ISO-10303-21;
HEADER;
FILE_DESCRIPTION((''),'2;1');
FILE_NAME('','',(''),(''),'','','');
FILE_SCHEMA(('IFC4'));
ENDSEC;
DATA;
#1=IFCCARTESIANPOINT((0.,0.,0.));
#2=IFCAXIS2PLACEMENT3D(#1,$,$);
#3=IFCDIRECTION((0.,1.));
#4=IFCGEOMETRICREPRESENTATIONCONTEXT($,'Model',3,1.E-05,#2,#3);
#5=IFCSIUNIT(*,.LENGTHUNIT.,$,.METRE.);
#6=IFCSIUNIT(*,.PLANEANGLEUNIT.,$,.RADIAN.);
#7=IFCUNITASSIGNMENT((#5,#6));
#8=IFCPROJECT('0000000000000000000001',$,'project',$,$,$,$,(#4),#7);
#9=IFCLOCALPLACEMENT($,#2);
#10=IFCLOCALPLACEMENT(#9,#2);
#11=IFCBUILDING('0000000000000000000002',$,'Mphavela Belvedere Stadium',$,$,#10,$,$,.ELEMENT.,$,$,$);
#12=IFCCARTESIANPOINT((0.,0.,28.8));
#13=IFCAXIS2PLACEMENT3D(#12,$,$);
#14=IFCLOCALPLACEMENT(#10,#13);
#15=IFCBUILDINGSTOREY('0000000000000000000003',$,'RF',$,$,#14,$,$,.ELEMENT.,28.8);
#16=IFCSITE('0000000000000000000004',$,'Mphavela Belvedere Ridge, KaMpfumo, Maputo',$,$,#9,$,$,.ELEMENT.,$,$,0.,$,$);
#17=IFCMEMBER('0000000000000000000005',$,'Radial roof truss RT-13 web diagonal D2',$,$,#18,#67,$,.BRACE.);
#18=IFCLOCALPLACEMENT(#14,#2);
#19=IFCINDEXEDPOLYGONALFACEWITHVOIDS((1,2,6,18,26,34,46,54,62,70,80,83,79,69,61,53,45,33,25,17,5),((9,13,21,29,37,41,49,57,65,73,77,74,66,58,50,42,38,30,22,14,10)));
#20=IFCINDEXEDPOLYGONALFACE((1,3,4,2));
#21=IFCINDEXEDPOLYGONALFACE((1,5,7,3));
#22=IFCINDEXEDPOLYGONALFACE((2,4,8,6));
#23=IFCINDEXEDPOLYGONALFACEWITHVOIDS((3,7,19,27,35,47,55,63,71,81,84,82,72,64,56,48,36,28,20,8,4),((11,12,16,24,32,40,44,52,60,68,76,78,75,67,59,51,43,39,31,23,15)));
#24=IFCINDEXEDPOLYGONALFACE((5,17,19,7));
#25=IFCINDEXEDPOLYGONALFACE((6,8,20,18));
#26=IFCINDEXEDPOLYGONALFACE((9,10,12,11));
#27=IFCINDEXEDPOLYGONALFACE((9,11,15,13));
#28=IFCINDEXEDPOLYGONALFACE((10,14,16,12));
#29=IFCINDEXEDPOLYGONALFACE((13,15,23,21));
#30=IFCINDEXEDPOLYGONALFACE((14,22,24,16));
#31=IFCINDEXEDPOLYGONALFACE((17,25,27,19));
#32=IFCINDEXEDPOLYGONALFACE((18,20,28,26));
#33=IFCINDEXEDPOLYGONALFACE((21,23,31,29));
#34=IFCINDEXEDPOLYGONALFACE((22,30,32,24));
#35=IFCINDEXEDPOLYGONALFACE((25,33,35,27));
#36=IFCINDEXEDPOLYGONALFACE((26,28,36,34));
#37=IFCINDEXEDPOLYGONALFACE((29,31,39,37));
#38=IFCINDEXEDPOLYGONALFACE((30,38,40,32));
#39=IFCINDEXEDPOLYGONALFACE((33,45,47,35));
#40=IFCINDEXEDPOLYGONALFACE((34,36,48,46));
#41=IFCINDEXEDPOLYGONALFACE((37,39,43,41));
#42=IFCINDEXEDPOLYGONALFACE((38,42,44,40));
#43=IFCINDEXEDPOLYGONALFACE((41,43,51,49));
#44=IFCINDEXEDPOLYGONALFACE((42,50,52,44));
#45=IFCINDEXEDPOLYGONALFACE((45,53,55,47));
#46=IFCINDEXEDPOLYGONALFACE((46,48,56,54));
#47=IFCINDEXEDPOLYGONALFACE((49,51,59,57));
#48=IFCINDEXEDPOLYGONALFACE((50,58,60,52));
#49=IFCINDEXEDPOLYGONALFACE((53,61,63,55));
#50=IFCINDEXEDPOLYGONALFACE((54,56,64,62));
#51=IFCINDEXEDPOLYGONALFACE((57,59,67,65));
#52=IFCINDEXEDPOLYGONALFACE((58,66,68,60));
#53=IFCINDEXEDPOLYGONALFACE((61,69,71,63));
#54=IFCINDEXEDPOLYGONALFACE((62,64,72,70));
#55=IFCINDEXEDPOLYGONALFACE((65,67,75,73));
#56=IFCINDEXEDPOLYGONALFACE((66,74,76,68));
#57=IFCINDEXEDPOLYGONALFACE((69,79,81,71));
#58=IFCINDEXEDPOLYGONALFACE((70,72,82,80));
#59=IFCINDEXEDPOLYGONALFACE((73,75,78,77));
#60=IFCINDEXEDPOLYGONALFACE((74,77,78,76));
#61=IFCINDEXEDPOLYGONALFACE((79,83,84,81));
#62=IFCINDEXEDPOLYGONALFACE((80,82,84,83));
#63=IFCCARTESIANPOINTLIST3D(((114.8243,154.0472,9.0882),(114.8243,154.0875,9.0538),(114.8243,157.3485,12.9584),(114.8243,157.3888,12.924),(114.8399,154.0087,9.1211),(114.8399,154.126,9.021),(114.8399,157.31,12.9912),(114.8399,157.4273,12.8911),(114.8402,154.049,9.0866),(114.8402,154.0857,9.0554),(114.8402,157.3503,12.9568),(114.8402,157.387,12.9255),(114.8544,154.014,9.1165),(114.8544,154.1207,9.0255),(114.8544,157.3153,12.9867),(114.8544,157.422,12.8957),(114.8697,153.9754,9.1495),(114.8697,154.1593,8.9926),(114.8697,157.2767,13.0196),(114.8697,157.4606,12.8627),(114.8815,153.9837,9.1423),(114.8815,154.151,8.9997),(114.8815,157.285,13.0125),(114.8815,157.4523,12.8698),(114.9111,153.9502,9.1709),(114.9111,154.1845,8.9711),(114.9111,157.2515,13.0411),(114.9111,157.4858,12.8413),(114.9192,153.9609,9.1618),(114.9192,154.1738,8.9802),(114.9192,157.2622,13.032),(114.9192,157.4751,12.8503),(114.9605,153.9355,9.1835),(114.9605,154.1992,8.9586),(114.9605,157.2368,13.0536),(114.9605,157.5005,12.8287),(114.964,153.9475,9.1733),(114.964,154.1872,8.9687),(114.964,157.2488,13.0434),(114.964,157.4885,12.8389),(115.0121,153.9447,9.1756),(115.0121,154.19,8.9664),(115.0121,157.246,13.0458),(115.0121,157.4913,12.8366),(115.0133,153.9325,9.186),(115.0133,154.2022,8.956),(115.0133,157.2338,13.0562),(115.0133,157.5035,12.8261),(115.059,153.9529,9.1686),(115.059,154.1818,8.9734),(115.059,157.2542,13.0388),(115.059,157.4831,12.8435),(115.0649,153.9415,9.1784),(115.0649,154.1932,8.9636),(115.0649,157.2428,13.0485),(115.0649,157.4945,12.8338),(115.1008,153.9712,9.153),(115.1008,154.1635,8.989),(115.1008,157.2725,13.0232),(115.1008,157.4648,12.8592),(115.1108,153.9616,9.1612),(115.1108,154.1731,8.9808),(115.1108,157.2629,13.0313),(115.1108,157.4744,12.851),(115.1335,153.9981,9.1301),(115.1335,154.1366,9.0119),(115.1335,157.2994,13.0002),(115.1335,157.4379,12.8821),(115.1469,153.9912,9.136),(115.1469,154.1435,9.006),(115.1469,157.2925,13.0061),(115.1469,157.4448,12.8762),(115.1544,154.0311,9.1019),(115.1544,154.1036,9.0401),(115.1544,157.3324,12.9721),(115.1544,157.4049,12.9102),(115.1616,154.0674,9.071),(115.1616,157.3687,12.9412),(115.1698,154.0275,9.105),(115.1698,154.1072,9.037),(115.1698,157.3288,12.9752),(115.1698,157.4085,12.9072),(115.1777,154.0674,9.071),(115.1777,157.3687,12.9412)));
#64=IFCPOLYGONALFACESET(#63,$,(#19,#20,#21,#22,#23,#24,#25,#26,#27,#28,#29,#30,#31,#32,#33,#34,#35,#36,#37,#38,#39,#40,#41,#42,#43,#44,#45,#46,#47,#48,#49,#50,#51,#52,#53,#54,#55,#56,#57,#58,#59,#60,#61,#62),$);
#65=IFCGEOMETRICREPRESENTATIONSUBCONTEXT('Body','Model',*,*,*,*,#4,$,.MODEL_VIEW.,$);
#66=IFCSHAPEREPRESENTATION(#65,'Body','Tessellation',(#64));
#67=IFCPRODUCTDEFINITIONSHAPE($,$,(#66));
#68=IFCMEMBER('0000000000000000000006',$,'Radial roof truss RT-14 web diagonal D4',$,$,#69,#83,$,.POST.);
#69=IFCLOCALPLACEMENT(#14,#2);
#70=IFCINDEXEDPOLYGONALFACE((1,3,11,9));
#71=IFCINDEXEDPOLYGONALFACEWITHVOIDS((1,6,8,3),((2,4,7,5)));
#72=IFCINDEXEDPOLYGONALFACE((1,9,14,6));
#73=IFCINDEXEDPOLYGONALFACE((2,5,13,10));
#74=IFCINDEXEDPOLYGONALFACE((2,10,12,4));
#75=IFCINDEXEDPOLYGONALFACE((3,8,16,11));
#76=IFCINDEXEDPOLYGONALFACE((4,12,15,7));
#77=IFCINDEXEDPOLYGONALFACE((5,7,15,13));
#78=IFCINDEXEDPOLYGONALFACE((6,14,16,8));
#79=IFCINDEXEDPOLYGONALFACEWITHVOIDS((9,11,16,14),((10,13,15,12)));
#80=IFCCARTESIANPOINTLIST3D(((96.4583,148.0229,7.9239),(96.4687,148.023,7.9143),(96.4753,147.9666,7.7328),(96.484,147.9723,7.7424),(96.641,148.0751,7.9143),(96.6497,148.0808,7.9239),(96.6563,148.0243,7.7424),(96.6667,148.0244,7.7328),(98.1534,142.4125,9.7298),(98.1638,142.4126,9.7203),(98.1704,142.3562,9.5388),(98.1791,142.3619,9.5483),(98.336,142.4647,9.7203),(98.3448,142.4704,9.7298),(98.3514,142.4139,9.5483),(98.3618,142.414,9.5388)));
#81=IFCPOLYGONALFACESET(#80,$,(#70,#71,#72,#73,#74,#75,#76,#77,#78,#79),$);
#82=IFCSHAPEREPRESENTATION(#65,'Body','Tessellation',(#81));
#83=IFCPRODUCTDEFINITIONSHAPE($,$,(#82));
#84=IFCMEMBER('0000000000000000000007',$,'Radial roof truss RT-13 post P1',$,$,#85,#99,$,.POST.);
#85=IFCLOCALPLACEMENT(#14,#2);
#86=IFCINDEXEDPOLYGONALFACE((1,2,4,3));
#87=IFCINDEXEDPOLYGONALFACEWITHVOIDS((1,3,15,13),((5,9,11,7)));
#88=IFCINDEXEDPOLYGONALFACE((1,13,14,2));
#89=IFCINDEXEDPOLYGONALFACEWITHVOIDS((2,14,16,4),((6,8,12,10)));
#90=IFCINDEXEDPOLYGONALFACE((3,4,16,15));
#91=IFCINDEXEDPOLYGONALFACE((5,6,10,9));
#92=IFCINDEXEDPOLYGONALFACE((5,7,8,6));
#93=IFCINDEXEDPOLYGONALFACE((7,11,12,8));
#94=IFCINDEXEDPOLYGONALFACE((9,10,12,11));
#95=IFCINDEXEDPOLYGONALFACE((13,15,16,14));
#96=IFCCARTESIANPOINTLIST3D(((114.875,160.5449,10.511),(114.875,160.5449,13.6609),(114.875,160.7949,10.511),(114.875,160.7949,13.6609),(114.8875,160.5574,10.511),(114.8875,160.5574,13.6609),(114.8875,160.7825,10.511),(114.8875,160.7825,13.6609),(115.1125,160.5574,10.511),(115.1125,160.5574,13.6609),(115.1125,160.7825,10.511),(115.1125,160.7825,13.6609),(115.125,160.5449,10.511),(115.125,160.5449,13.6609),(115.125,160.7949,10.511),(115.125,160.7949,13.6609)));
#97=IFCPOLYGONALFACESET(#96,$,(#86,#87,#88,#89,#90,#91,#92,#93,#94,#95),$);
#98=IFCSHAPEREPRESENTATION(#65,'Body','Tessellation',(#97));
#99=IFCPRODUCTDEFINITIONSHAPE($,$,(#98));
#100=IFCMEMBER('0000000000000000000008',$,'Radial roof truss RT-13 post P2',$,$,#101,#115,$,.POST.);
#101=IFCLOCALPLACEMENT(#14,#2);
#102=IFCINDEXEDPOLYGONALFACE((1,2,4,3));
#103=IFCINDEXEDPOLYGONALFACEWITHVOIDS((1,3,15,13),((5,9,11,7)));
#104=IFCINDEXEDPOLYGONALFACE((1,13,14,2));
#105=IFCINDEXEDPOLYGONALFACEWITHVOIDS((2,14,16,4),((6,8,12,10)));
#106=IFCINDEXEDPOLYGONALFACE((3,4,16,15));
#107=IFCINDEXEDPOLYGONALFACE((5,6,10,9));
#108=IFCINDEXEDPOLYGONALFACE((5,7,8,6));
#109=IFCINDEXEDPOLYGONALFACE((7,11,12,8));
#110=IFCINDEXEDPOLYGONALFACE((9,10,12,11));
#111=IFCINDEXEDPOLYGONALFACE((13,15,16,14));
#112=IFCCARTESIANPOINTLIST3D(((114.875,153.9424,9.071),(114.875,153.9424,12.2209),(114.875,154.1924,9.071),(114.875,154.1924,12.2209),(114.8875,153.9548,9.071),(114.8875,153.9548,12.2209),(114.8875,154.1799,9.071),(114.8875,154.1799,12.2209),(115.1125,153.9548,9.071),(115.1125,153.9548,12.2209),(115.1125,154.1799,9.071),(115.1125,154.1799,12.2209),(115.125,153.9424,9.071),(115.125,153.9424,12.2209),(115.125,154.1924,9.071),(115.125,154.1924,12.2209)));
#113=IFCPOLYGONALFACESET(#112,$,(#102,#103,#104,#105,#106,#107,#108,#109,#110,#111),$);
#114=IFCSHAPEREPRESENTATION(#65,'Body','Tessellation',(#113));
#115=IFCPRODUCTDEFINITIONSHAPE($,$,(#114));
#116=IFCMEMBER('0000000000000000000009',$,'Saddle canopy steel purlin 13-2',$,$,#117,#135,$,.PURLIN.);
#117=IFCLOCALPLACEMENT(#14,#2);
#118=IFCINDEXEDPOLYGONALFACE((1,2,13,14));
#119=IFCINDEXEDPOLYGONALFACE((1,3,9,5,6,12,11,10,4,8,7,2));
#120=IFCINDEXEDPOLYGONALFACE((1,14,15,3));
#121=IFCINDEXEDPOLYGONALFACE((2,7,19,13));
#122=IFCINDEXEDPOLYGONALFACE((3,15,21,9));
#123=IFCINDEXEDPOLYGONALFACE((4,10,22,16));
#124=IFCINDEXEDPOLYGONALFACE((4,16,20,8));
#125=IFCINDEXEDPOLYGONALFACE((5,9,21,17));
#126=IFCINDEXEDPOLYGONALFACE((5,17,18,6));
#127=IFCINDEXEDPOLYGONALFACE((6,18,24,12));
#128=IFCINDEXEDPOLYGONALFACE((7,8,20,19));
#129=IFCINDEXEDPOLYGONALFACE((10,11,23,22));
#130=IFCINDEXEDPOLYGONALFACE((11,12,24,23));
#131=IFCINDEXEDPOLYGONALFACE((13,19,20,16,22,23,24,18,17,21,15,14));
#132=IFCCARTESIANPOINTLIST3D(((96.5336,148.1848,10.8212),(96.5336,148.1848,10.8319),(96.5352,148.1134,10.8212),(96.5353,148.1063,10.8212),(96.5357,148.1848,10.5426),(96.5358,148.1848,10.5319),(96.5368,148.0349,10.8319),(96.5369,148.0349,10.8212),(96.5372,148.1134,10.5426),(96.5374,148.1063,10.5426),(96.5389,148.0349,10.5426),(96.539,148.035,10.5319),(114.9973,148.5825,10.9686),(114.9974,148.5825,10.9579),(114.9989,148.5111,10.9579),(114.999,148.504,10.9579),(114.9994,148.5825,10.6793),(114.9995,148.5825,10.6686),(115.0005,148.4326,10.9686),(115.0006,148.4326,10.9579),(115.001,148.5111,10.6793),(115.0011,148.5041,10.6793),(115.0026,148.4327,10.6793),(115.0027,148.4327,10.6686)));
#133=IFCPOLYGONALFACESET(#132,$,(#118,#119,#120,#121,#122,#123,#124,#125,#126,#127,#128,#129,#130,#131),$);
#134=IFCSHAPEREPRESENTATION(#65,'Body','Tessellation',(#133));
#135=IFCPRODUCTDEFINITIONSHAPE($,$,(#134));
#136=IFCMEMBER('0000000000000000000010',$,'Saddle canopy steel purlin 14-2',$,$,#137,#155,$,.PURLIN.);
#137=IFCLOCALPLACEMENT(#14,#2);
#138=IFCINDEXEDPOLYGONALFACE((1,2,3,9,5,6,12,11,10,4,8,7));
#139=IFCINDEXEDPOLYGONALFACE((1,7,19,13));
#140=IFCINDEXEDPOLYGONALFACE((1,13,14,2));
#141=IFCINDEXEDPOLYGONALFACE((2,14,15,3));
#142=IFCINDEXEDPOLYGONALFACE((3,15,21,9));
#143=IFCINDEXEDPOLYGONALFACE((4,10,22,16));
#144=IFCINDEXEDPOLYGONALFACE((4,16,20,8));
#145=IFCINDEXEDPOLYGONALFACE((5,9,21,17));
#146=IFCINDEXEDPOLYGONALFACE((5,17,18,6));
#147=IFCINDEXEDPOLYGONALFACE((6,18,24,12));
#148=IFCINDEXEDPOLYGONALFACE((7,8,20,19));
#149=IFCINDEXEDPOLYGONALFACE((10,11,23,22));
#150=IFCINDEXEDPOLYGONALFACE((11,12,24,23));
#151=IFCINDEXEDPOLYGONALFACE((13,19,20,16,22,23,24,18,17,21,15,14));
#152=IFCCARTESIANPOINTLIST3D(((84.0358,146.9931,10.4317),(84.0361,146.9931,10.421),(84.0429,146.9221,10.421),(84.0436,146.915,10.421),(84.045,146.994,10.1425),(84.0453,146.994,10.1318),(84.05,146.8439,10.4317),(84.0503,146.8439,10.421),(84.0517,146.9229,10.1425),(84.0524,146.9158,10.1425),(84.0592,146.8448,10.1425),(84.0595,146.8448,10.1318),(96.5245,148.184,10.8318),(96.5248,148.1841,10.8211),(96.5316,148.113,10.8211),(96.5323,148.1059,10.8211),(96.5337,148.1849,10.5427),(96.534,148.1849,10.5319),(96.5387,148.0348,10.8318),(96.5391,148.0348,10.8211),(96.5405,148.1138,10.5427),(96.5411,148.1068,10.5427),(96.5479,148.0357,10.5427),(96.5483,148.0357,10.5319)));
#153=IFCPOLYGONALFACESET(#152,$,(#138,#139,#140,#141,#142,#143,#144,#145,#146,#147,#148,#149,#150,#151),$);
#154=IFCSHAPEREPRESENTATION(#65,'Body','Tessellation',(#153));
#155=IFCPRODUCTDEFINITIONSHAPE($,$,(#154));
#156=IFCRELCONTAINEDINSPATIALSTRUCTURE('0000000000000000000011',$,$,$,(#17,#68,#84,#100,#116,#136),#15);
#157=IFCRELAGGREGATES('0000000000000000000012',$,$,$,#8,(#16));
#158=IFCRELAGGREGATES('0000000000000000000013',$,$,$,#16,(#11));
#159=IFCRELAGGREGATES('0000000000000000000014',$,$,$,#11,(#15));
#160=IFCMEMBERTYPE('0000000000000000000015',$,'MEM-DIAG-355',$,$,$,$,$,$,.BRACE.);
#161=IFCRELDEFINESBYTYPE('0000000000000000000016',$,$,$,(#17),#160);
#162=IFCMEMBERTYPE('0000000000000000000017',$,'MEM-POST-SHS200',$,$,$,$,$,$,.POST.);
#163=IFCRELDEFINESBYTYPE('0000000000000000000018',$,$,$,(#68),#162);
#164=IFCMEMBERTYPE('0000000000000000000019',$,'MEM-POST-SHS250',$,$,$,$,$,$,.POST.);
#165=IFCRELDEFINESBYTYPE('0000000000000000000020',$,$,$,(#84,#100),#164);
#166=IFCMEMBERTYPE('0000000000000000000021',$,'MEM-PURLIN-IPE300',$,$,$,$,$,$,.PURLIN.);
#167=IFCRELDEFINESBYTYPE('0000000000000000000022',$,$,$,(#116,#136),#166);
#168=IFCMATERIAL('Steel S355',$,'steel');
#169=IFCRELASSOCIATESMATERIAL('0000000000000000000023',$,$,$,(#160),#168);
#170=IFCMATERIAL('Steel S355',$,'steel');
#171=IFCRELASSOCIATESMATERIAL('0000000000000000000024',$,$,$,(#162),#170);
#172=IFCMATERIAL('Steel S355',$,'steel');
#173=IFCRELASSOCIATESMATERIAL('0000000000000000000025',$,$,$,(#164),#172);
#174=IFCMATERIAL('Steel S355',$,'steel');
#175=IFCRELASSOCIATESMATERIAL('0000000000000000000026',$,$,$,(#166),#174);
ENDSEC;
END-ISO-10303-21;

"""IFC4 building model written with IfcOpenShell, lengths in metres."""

from ifc_helpers import new_model, si_unit, direction, frame, origin, origin_2d, place, context, subcontext, project, spatial, hollow_rectangle, hollow_circle, i_section, extrude, material, material_profile, profile_set, type_object, element, save


model = new_model("IFC4")

# Units and contexts
model_context = context("Model", 3, precision=1e-05, world=origin(), true_north=direction((0.0, 1.0)))
body_context = subcontext(model_context, "Body", "Model", "MODEL_VIEW")
ifc_project = project(units=[si_unit("LENGTHUNIT", "METRE"), si_unit("PLANEANGLEUNIT", "RADIAN")], contexts=[model_context])

# Site, building, storey
site_placement = place(None, origin())
site = spatial("IfcSite", under=ifc_project, at=site_placement, Name="Mphavela Belvedere Ridge, KaMpfumo, Maputo", CompositionType="ELEMENT", RefElevation=0.0)
building_placement = place(site_placement, origin())
building = spatial("IfcBuilding", under=site, at=building_placement, Name="Mphavela Belvedere Stadium", CompositionType="ELEMENT")
storey_placement = place(building_placement, frame((0.0, 0.0, 28.8)))
storey = spatial("IfcBuildingStorey", under=building, at=storey_placement, Name="RF", CompositionType="ELEMENT", Elevation=28.8)

# Members
ifc_material_1 = material(Name="Steel S355", Category="steel")
ifc_material_profile_1 = material_profile(ifc_material_1, hollow_circle(Radius=0.1777, WallThickness=0.0161, at=origin_2d()), Name="CHS 355.6x16")
ifc_profile_set_1 = profile_set([ifc_material_profile_1], Name="Steel S355")
member_type_1 = type_object("IfcMemberType", Name="MEM-DIAG-355", PredefinedType="BRACE", material=ifc_profile_set_1)
member_1_placement = place(storey_placement, frame((115.0, 157.3687, 12.9412), z_axis=(0.0, -0.648979, -0.760806), x_axis=(1.0, 0.0, 0.0)))
element("IfcMember", 1, at=member_1_placement, inside=storey, type_object=member_type_1, Name="Radial roof truss RT-13 web diagonal D2", PredefinedType="BRACE", context=body_context, shape_type="SweptSolid", body=[
    extrude(hollow_circle(Radius=0.1777, WallThickness=0.0161, at=origin_2d()), origin(), (0.0, 0.0, 1.0), 5.0869),
])
ifc_material_2 = material(Name="Steel S355", Category="steel")
ifc_material_profile_2 = material_profile(ifc_material_2, hollow_rectangle(XDim=0.2, YDim=0.2, WallThickness=0.01, at=origin_2d()), Name="SHS 200x200x10")
ifc_profile_set_2 = profile_set([ifc_material_profile_2], Name="Steel S355")
member_type_2 = type_object("IfcMemberType", Name="MEM-POST-SHS200", PredefinedType="POST", material=ifc_profile_set_2)
member_2_placement = place(storey_placement, frame((96.5625, 148.0237, 7.8284), z_axis=(0.276396, -0.914818, 0.29447), x_axis=(0.957263, 0.28922, 0.0)))
element("IfcMember", 2, at=member_2_placement, inside=storey, type_object=member_type_2, Name="Radial roof truss RT-14 web diagonal D4", PredefinedType="POST", context=body_context, shape_type="SweptSolid", body=[
    extrude(hollow_rectangle(XDim=0.2, YDim=0.2, WallThickness=0.01, at=origin_2d()), origin(), (0.0, 0.0, 1.0), 6.1328),
])
ifc_material_3 = material(Name="Steel S355", Category="steel")
ifc_material_profile_3 = material_profile(ifc_material_3, hollow_rectangle(XDim=0.25, YDim=0.25, WallThickness=0.0125, at=origin_2d()), Name="SHS 250x250x12.5")
ifc_profile_set_3 = profile_set([ifc_material_profile_3], Name="Steel S355")
member_type_3 = type_object("IfcMemberType", Name="MEM-POST-SHS250", PredefinedType="POST", material=ifc_profile_set_3)
for number, where, z_axis, x_axis, name in (
    (3, (115.0, 160.6699, 10.511), (0.0, 0.0, 1.0), (0.0, 1.0, 0.0), "Radial roof truss RT-13 post P1"),
    (4, (115.0, 154.0674, 9.071), (0.0, 0.0, 1.0), (0.0, 1.0, 0.0), "Radial roof truss RT-13 post P2"),
):
    element("IfcMember", number, at=place(storey_placement, frame(where, z_axis=z_axis, x_axis=x_axis)), inside=storey, type_object=member_type_3, Name=name, PredefinedType="POST", context=body_context, shape_type="SweptSolid", body=[
        extrude(hollow_rectangle(XDim=0.25, YDim=0.25, WallThickness=0.0125, at=origin_2d()), origin(), (0.0, 0.0, 1.0), 3.1499),
    ])
ifc_material_4 = material(Name="Steel S355", Category="steel")
ifc_material_profile_4 = material_profile(ifc_material_4, i_section(OverallWidth=0.1499, OverallDepth=0.3, WebThickness=0.0071, FlangeThickness=0.0107, at=origin_2d()), Name="IPE 300")
ifc_profile_set_4 = profile_set([ifc_material_profile_4], Name="Steel S355")
member_type_4 = type_object("IfcMemberType", Name="MEM-PURLIN-IPE300", PredefinedType="PURLIN", material=ifc_profile_set_4)
member_3_placement = place(storey_placement, frame((115.0, 148.5076, 10.8186), z_axis=(-0.999741, -0.021534, -0.007403), x_axis=(0.021535, -0.999768, 0.0)))
element("IfcMember", 5, at=member_3_placement, inside=storey, type_object=member_type_4, Name="Saddle canopy steel purlin 13-2", PredefinedType="PURLIN", context=body_context, shape_type="SweptSolid", body=[
    extrude(i_section(OverallWidth=0.1499, OverallDepth=0.3, WebThickness=0.0071, FlangeThickness=0.0107, at=origin_2d()), origin(), (0.0, 0.0, 1.0), 18.4685),
])
member_4_placement = place(storey_placement, frame((96.5364, 148.1099, 10.6819), z_axis=(-0.994978, -0.09488, -0.03188), x_axis=(0.094928, -0.995484, 0.0)))
element("IfcMember", 6, at=member_4_placement, inside=storey, type_object=member_type_4, Name="Saddle canopy steel purlin 14-2", PredefinedType="PURLIN", context=body_context, shape_type="SweptSolid", body=[
    extrude(i_section(OverallWidth=0.1499, OverallDepth=0.3, WebThickness=0.0071, FlangeThickness=0.0107, at=origin_2d()), origin(), (0.0, 0.0, 1.0), 12.5518),
])

save(model, "model.ifc")
